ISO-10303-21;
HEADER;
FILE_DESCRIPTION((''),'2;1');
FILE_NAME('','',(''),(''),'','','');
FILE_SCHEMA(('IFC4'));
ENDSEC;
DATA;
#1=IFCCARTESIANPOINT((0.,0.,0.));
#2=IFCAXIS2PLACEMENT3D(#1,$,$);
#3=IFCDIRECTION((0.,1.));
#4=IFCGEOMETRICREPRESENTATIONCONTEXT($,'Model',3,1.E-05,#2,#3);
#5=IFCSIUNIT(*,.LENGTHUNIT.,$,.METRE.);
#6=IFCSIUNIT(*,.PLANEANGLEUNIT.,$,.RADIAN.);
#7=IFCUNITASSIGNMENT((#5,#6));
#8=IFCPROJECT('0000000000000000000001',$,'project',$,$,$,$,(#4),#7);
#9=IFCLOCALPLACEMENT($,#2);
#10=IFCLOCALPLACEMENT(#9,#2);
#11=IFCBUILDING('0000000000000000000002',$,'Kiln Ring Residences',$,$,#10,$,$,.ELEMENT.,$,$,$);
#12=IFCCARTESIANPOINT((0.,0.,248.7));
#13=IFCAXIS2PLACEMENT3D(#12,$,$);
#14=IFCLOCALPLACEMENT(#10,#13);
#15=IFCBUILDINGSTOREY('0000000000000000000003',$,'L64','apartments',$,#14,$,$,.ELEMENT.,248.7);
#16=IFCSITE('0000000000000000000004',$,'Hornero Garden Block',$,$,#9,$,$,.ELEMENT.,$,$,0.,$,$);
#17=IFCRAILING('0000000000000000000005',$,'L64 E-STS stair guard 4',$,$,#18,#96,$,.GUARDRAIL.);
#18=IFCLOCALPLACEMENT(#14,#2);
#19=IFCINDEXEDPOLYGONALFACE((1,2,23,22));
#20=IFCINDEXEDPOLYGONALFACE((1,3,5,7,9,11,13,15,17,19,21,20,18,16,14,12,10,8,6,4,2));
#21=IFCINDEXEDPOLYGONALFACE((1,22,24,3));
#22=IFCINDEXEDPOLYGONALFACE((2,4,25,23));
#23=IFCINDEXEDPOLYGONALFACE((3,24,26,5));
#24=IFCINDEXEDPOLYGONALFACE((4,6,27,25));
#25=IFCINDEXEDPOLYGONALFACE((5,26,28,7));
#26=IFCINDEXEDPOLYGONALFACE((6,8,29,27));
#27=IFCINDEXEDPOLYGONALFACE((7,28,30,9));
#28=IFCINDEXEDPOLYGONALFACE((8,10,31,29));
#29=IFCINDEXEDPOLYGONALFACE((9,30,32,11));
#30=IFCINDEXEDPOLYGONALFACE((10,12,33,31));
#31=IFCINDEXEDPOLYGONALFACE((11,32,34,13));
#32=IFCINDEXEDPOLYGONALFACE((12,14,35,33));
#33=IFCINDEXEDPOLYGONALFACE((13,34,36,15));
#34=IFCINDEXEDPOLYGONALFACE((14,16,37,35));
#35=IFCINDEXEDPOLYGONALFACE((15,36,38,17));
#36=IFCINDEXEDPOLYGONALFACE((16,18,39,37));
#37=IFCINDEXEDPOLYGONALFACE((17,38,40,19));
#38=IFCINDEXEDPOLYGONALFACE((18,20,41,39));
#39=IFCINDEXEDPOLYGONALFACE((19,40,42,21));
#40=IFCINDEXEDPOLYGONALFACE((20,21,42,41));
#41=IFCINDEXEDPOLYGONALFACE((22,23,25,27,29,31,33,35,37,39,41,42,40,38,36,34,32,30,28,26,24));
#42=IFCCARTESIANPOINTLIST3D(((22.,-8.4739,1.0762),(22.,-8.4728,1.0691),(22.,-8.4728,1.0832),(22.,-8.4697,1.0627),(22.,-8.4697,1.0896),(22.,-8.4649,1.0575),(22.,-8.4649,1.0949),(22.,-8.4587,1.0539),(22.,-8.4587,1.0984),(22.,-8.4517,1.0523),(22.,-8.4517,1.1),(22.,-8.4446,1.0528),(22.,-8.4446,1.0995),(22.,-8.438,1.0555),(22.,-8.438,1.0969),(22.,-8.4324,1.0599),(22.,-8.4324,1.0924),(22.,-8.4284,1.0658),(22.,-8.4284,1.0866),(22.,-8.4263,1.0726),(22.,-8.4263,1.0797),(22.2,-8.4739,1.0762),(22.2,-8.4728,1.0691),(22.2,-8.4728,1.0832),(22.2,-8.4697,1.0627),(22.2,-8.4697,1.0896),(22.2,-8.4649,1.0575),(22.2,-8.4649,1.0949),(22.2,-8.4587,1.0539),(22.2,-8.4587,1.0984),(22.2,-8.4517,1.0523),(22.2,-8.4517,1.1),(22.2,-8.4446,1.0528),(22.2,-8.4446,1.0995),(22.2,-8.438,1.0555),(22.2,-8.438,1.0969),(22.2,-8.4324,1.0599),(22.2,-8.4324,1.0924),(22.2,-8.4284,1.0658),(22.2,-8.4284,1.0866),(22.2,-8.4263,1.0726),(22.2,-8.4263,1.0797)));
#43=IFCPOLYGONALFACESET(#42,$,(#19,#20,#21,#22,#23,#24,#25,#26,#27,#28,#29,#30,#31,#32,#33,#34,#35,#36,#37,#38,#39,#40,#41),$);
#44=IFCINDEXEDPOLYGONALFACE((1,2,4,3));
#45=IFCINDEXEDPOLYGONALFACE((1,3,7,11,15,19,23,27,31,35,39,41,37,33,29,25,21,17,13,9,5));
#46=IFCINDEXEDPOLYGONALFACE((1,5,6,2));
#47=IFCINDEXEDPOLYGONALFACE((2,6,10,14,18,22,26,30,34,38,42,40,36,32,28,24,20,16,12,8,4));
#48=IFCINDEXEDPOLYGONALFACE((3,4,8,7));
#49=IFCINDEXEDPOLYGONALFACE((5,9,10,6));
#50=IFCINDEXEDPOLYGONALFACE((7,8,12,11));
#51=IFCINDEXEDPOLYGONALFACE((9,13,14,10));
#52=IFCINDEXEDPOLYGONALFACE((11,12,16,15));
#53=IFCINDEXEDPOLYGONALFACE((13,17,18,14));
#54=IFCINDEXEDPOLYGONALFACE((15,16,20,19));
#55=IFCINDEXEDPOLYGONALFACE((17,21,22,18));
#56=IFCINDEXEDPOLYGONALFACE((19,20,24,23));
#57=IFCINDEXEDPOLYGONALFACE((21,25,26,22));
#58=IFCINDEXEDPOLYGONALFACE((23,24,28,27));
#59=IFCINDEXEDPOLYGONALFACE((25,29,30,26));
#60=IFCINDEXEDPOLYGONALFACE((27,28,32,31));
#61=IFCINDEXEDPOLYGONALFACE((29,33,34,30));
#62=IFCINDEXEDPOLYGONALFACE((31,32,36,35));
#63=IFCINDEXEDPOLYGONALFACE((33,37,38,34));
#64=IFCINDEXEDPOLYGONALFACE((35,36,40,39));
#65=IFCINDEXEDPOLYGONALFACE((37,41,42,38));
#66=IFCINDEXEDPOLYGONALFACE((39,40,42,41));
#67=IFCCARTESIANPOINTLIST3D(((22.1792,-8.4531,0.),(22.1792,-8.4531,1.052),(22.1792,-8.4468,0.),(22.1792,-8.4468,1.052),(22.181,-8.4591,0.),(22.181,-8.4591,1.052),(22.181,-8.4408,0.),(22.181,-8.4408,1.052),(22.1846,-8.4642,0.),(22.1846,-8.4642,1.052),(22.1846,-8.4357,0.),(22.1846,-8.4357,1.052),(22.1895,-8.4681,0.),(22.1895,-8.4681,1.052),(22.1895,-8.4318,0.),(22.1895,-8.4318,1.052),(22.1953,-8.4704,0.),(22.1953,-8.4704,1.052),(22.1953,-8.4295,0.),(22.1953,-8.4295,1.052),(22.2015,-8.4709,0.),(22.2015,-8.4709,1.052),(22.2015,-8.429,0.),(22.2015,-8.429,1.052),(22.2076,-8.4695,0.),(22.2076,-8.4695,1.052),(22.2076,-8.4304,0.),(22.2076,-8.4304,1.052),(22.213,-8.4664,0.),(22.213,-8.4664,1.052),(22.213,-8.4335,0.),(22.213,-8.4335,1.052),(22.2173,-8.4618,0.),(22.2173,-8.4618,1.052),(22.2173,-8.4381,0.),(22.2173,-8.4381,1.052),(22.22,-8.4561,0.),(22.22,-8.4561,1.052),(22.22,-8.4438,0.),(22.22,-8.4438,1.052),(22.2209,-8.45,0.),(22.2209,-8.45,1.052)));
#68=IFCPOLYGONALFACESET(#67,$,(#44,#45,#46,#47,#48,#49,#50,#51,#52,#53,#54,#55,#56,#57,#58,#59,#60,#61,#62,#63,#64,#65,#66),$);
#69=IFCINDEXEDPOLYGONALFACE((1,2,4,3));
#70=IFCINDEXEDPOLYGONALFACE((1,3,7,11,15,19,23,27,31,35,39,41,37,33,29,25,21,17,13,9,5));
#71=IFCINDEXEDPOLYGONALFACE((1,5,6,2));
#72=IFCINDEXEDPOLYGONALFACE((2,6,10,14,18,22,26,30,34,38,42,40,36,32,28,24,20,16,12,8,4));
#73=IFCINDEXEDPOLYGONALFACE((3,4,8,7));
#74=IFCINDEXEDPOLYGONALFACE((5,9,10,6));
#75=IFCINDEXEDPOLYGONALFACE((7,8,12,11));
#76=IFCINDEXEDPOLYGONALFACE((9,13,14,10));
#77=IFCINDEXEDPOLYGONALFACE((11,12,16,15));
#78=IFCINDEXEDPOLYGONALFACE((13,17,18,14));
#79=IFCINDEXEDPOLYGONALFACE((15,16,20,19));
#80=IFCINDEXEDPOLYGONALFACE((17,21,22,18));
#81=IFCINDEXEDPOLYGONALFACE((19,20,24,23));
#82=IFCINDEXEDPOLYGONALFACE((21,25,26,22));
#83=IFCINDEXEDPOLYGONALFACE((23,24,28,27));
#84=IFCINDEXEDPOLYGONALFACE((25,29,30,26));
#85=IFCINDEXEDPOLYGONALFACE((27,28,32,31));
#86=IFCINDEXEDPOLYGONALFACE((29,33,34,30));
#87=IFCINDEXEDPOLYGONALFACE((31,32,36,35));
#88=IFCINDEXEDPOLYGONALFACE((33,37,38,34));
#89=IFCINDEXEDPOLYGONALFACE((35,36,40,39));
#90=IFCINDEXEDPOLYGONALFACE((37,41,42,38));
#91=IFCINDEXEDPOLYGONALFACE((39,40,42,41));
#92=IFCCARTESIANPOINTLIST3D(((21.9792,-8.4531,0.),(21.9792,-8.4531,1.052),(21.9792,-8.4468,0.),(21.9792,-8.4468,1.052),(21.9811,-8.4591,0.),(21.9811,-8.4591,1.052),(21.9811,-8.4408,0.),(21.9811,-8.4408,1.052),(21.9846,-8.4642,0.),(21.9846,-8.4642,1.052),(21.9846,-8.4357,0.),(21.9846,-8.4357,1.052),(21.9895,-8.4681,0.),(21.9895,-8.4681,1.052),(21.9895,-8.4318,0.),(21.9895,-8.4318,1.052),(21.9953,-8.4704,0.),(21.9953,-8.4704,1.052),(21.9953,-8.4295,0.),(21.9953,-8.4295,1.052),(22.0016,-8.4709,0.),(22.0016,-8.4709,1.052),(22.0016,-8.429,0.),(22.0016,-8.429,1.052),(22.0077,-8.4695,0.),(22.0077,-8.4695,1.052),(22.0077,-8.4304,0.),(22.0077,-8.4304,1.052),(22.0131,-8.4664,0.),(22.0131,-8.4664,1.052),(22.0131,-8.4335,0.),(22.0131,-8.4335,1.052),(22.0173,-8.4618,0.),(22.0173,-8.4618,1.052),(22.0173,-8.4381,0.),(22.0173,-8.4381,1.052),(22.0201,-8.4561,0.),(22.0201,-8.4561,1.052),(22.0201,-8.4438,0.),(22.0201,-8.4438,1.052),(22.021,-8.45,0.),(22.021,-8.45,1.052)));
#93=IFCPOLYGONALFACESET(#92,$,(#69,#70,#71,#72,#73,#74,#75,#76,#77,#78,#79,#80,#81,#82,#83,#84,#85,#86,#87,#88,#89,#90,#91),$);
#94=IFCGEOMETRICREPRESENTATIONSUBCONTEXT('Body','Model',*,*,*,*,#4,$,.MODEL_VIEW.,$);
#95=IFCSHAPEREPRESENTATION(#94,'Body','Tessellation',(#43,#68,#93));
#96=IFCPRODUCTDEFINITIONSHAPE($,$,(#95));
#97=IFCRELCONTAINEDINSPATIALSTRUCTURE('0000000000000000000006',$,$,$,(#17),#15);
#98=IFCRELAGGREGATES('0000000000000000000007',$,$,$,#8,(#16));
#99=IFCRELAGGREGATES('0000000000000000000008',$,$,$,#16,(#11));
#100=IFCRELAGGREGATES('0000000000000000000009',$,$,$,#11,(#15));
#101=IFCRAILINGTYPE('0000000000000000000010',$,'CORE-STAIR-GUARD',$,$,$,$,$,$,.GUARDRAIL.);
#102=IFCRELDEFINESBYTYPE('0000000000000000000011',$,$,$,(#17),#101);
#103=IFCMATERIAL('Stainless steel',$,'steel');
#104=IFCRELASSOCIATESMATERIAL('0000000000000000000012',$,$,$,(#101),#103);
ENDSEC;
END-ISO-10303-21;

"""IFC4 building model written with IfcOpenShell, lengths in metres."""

from ifc_helpers import new_model, si_unit, direction, frame, origin, origin_2d, place, context, subcontext, project, spatial, circle, extrude, material, type_object, element, save


model = new_model("IFC4")

# Units and contexts
model_context = context("Model", 3, precision=1e-05, world=origin(), true_north=direction((0.0, 1.0)))
body_context = subcontext(model_context, "Body", "Model", "MODEL_VIEW")
ifc_project = project(units=[si_unit("LENGTHUNIT", "METRE"), si_unit("PLANEANGLEUNIT", "RADIAN")], contexts=[model_context])

# Site, building, storey
site_placement = place(None, origin())
site = spatial("IfcSite", under=ifc_project, at=site_placement, Name="Hornero Garden Block", CompositionType="ELEMENT", RefElevation=0.0)
building_placement = place(site_placement, origin())
building = spatial("IfcBuilding", under=site, at=building_placement, Name="Kiln Ring Residences", CompositionType="ELEMENT")
storey_placement = place(building_placement, frame((0.0, 0.0, 248.7)))
storey = spatial("IfcBuildingStorey", under=building, at=storey_placement, Name="L64", Description="apartments", CompositionType="ELEMENT", Elevation=248.7)

# Railing
ifc_material_1 = material(Name="Stainless steel", Category="steel")
railing_type_1 = type_object("IfcRailingType", Name="CORE-STAIR-GUARD", PredefinedType="GUARDRAIL", material=ifc_material_1)
railing_1_placement = place(storey_placement, frame((22.2, -8.45, 0.0)))
element("IfcRailing", 1, at=railing_1_placement, inside=storey, type_object=railing_type_1, Name="L64 E-STS stair guard 4", PredefinedType="GUARDRAIL", context=body_context, shape_type="SweptSolid", body=[
    extrude(circle(Radius=0.0239, at=origin_2d()), frame((0.0, 0.0, 1.0762), z_axis=(-1.0, 0.0, 0.0), x_axis=(0.0, -1.0, 0.0)), (0.0, 0.0, 1.0), 0.2),
    extrude(circle(Radius=0.021, at=origin_2d()), origin(), (0.0, 0.0, 1.0), 1.052),
    extrude(circle(Radius=0.021, at=origin_2d()), frame((-0.2, 0.0, 0.0)), (0.0, 0.0, 1.0), 1.052),
])

save(model, "model.ifc")
